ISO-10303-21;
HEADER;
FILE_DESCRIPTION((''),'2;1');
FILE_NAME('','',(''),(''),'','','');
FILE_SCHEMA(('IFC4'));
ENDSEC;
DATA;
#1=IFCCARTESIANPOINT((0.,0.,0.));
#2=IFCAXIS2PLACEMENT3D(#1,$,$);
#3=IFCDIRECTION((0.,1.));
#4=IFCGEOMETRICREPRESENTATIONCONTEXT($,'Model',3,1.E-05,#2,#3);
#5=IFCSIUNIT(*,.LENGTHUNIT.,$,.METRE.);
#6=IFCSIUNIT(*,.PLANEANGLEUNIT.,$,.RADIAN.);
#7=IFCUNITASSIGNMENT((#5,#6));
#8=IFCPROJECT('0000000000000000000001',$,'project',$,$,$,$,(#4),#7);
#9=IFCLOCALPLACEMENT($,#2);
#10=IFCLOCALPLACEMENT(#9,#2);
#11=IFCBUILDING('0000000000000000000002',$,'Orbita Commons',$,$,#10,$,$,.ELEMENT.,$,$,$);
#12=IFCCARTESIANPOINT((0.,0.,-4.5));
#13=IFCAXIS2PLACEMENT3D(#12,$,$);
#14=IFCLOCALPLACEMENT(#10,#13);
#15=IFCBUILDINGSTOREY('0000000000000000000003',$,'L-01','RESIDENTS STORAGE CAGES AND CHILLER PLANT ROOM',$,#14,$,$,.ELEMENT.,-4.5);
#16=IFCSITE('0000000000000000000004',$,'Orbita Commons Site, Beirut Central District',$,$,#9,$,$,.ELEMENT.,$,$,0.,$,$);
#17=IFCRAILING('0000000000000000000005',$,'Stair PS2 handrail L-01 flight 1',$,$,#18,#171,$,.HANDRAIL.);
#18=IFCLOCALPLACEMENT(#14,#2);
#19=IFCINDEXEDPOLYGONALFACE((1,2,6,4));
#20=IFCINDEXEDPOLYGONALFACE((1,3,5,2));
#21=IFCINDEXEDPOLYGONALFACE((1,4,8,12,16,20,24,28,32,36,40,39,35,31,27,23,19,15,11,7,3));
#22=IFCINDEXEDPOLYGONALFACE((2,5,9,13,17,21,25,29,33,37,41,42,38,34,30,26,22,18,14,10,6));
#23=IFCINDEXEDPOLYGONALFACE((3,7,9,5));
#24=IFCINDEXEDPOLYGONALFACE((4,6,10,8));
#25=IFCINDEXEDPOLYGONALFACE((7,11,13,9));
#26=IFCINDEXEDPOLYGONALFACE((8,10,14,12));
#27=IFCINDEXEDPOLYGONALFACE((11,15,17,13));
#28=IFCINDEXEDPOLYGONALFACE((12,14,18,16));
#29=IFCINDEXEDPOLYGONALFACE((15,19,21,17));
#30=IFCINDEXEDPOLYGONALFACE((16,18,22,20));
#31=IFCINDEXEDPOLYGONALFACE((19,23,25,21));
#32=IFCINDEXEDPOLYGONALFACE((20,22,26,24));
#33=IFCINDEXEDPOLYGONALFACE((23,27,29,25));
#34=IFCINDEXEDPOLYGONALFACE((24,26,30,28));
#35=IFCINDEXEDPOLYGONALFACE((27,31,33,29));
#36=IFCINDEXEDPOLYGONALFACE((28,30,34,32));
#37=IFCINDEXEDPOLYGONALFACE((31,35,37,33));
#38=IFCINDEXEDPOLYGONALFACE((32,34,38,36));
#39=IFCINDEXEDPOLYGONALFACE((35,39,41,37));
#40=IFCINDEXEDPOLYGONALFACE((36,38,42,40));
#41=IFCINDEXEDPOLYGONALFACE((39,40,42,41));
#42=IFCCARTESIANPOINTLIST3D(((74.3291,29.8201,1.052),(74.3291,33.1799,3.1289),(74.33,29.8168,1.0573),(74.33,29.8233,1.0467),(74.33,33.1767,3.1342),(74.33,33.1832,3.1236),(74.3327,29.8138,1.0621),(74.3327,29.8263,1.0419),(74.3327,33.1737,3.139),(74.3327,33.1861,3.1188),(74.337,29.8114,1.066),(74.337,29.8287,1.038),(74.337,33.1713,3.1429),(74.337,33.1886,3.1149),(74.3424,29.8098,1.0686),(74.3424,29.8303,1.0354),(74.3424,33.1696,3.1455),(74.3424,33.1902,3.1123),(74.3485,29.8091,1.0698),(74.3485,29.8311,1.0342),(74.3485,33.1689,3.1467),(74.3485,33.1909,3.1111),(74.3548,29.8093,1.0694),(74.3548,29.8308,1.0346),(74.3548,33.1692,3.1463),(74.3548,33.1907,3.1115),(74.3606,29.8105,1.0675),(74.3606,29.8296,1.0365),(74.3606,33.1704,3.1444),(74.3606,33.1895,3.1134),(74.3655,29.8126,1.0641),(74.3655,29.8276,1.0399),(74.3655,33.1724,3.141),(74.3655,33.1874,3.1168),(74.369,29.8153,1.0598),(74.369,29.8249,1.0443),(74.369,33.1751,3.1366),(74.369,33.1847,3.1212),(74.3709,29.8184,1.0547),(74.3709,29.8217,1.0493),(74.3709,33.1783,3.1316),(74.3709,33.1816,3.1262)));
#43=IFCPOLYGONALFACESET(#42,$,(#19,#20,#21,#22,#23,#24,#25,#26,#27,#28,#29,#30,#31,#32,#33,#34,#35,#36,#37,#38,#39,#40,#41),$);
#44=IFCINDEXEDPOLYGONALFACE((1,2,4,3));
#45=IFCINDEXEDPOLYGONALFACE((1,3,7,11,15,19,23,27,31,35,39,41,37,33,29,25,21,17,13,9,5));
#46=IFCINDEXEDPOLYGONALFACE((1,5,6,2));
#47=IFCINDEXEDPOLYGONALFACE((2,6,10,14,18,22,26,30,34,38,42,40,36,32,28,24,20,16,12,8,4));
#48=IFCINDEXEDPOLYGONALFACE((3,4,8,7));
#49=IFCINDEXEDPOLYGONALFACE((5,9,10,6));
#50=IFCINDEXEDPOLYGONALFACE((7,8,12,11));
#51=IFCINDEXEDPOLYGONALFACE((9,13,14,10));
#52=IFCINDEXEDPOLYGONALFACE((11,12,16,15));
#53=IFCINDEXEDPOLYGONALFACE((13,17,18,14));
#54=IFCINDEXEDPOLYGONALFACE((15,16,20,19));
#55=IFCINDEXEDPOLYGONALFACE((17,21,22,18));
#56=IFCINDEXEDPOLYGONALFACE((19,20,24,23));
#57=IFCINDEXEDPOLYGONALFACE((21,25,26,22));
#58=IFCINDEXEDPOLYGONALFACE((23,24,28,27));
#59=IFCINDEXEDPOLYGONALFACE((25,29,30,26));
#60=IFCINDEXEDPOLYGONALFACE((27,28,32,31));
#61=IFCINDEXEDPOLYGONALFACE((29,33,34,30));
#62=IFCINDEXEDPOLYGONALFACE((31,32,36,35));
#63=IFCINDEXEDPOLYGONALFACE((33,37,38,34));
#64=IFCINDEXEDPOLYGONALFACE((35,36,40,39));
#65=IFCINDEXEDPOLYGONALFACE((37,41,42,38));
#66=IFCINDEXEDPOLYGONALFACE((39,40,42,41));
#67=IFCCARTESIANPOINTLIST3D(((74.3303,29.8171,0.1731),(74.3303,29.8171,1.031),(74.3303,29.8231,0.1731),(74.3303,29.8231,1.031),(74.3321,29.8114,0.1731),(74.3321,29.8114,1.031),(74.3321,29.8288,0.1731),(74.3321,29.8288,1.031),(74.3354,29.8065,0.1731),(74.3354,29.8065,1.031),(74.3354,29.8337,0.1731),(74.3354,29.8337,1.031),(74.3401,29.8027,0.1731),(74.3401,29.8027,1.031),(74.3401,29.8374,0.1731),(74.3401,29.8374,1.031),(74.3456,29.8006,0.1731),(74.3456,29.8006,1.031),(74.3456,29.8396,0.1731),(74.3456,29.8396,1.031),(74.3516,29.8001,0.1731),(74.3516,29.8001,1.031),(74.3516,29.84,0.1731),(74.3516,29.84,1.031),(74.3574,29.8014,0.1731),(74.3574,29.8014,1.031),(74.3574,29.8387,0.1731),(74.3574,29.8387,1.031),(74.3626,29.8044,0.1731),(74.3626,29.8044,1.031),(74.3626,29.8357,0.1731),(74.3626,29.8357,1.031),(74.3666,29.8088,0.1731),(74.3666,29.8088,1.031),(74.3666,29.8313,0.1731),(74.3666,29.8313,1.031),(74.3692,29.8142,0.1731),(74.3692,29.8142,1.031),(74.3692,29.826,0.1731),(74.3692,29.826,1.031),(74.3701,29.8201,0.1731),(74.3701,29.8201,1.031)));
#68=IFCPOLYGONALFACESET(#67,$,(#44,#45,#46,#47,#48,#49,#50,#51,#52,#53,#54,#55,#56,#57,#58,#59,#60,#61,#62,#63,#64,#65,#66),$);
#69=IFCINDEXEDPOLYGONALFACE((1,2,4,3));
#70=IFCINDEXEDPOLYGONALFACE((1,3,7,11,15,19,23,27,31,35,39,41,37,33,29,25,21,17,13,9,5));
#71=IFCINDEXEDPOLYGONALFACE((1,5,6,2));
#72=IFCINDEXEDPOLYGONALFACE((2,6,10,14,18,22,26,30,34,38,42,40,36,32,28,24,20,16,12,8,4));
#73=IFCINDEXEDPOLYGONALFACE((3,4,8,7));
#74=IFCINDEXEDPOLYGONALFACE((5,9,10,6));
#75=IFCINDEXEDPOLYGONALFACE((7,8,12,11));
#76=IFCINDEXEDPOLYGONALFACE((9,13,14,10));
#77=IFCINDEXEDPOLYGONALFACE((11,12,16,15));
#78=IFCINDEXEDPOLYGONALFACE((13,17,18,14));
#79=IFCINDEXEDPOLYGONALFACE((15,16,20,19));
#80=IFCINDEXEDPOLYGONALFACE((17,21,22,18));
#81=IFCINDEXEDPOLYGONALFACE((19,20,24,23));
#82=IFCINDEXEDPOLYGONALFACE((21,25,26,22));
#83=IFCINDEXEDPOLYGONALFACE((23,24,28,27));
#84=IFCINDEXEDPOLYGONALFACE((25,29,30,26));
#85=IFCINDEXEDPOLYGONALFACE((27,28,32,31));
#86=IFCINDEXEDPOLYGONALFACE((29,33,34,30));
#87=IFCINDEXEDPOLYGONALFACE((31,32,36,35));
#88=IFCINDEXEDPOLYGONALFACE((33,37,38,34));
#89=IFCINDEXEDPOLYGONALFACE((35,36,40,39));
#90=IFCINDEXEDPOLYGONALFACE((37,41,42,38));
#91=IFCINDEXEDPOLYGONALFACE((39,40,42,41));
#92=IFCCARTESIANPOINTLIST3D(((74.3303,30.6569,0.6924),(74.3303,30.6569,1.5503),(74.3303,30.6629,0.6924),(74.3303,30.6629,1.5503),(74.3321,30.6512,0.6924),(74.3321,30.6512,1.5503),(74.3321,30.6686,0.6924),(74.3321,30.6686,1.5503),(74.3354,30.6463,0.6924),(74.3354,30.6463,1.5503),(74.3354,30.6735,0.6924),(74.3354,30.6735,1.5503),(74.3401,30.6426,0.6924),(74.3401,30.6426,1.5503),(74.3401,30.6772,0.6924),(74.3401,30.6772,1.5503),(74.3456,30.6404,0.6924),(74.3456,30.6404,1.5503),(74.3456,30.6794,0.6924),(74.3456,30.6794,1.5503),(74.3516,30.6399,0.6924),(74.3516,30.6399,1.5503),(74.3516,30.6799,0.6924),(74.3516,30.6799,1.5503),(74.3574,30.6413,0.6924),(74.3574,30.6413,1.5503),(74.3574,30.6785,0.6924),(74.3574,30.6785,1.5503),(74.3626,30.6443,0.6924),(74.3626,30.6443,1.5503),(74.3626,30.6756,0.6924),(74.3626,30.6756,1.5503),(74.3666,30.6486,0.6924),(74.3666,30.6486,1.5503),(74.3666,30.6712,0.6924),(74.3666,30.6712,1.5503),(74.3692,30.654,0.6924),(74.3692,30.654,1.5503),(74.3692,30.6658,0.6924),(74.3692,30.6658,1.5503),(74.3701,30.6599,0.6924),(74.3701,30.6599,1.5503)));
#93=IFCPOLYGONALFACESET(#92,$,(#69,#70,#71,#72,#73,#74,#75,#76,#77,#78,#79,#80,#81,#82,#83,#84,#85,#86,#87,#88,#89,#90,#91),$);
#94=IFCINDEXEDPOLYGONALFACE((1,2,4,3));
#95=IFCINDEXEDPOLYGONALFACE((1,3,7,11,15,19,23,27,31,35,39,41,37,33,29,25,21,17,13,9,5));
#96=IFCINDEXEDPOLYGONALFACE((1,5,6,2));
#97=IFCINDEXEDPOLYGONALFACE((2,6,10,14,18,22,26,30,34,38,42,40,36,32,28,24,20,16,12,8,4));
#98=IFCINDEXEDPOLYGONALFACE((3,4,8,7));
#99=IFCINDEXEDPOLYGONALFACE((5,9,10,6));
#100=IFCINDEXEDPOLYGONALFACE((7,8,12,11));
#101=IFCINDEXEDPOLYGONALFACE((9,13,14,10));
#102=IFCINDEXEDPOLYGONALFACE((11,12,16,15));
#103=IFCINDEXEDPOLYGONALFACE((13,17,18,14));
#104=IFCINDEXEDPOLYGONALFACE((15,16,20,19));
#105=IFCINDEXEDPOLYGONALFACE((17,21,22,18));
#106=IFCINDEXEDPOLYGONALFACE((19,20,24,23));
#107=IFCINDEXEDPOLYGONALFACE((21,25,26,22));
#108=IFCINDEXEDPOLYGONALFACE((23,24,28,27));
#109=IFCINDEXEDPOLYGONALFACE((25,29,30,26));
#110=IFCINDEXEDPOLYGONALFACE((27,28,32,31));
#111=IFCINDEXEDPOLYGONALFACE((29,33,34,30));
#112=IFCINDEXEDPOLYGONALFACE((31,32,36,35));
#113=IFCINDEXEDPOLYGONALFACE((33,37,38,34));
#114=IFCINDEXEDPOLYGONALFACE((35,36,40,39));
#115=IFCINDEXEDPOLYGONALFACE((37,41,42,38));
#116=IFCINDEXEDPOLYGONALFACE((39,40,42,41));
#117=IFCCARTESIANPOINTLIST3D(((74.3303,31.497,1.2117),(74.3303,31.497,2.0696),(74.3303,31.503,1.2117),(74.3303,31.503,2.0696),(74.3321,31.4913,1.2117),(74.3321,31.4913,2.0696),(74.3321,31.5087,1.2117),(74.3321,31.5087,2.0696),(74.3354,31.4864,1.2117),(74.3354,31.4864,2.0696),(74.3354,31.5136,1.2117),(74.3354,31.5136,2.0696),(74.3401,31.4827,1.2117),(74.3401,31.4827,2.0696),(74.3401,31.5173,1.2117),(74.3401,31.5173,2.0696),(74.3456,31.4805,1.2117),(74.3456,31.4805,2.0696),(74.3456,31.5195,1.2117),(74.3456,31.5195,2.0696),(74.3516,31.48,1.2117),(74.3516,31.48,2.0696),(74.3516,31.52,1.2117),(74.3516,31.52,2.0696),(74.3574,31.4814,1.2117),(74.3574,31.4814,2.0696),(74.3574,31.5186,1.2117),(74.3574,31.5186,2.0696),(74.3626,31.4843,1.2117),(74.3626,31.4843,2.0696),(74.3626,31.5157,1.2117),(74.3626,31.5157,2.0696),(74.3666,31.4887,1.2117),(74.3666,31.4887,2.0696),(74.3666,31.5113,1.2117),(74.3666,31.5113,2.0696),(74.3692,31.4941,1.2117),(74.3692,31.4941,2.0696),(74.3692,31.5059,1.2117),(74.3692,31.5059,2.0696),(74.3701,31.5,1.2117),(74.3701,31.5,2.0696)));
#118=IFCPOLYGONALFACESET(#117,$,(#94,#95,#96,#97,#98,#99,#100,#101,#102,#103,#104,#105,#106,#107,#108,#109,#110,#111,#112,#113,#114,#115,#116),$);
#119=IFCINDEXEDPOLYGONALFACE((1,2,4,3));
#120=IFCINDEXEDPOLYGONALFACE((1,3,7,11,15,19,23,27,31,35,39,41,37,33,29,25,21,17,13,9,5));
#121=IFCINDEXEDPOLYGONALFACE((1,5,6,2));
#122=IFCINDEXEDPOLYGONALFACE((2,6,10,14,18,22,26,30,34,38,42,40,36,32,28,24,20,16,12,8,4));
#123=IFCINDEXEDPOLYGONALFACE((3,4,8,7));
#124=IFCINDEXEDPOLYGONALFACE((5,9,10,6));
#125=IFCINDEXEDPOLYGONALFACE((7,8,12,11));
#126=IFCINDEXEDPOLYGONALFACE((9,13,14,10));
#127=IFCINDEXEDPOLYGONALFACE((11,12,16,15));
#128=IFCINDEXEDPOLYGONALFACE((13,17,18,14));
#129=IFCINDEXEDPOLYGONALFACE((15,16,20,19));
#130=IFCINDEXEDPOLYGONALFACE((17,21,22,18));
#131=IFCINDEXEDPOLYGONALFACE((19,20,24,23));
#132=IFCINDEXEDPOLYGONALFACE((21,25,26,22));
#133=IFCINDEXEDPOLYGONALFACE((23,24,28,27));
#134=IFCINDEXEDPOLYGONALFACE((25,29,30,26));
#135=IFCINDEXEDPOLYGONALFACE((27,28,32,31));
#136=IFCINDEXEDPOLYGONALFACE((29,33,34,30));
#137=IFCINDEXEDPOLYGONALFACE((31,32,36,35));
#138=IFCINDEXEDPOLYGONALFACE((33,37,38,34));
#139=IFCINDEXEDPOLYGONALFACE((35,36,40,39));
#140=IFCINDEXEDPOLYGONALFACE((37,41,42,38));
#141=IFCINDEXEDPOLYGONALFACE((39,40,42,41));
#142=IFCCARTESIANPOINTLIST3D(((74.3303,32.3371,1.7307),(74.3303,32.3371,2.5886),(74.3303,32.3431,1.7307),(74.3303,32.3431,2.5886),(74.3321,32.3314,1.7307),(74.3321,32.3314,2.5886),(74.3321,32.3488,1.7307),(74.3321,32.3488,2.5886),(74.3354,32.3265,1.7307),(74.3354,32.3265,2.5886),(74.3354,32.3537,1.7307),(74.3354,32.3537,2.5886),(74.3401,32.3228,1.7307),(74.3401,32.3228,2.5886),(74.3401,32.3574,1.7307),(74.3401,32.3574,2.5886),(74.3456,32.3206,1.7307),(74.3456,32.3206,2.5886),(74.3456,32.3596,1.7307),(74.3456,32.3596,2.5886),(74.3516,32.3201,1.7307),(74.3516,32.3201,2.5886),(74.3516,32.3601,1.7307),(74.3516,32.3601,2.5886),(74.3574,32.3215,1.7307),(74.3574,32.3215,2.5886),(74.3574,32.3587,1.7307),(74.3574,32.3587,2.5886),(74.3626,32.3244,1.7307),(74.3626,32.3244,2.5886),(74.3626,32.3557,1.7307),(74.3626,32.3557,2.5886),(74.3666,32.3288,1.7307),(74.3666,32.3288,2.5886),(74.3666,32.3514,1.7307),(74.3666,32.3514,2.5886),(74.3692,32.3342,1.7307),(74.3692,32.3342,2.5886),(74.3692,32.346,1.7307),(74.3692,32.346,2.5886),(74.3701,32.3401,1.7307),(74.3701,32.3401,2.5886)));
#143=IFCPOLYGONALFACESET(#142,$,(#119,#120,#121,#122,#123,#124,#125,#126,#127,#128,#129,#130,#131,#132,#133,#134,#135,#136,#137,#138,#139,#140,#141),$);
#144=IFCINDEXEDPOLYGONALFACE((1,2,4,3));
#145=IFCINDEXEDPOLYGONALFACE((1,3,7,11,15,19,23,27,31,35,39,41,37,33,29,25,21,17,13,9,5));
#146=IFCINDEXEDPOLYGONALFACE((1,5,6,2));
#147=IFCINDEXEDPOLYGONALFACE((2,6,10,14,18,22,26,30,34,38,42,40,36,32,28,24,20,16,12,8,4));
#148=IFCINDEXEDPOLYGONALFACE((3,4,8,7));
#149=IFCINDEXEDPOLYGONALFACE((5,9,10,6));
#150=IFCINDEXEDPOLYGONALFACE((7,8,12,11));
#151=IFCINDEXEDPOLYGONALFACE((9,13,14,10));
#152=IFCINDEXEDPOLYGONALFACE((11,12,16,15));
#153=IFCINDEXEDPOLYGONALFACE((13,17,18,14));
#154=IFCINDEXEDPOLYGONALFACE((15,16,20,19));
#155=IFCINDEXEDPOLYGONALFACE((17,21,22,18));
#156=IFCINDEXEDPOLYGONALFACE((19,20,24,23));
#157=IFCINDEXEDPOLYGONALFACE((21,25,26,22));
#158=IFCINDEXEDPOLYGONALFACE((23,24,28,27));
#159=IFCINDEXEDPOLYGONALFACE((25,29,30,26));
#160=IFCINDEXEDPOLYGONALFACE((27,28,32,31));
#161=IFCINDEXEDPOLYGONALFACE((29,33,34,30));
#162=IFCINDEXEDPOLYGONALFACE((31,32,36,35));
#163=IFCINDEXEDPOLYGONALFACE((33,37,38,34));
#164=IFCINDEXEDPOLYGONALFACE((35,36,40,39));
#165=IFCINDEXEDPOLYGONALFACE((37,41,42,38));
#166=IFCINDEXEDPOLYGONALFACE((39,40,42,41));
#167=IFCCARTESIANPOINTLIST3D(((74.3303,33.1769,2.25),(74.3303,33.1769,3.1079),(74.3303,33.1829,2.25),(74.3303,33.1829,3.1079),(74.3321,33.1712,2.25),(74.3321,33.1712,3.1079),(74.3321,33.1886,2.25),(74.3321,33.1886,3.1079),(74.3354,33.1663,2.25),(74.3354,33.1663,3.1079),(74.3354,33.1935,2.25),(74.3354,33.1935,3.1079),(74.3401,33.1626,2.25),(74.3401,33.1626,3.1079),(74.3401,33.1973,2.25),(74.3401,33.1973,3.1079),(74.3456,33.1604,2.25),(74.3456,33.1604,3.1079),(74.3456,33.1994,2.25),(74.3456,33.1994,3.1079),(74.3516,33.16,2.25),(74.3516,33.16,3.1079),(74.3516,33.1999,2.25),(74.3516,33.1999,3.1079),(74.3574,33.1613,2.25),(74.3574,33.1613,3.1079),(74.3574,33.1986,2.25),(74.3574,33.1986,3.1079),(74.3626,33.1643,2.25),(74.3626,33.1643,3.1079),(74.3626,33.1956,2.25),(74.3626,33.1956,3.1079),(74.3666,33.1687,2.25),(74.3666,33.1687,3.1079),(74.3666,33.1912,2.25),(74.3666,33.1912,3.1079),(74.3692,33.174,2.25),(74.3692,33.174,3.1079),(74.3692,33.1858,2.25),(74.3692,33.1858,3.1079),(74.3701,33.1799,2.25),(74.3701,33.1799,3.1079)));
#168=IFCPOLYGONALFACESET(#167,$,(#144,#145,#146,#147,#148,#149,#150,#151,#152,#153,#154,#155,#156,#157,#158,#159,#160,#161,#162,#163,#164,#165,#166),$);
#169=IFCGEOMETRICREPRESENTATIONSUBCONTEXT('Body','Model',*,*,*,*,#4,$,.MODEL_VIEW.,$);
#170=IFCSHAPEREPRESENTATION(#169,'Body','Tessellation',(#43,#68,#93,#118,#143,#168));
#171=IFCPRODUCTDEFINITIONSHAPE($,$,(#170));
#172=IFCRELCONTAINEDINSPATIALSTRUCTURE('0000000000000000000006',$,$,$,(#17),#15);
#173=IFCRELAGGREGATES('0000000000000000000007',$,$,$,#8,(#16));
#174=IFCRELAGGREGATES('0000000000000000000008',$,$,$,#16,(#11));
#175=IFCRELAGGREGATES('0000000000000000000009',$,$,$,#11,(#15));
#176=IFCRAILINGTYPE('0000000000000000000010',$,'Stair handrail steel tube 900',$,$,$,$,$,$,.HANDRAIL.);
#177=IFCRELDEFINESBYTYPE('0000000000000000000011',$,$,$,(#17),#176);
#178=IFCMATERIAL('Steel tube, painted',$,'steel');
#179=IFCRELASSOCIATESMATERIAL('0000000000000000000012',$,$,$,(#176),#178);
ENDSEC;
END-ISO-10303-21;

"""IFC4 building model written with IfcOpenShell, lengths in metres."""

from ifc_helpers import new_model, si_unit, direction, frame, origin, origin_2d, place, context, subcontext, project, spatial, circle, extrude, material, type_object, element, save


model = new_model("IFC4")

# Units and contexts
model_context = context("Model", 3, precision=1e-05, world=origin(), true_north=direction((0.0, 1.0)))
body_context = subcontext(model_context, "Body", "Model", "MODEL_VIEW")
ifc_project = project(units=[si_unit("LENGTHUNIT", "METRE"), si_unit("PLANEANGLEUNIT", "RADIAN")], contexts=[model_context])

# Site, building, storey
site_placement = place(None, origin())
site = spatial("IfcSite", under=ifc_project, at=site_placement, Name="Orbita Commons Site, Beirut Central District", CompositionType="ELEMENT", RefElevation=0.0)
building_placement = place(site_placement, origin())
building = spatial("IfcBuilding", under=site, at=building_placement, Name="Orbita Commons", CompositionType="ELEMENT")
storey_placement = place(building_placement, frame((0.0, 0.0, -4.5)))
storey = spatial("IfcBuildingStorey", under=building, at=storey_placement, Name="L-01", Description="RESIDENTS STORAGE CAGES AND CHILLER PLANT ROOM", CompositionType="ELEMENT", Elevation=-4.5)

# Railing
ifc_material_1 = material(Name="Steel tube, painted", Category="steel")
railing_type_1 = type_object("IfcRailingType", Name="Stair handrail steel tube 900", PredefinedType="HANDRAIL", material=ifc_material_1)
for number, where, name in (
    (1, (74.3501, 29.8201, 0.1731), "Stair PS2 handrail L-01 flight 1"),
):
    element("IfcRailing", number, at=place(storey_placement, frame(where)), inside=storey, type_object=railing_type_1, Name=name, PredefinedType="HANDRAIL", context=body_context, shape_type="SweptSolid", body=[
        extrude(circle(Radius=0.021, at=origin_2d()), frame((0.0, 0.0, 0.8789), z_axis=(0.0, 0.850606, 0.525803), x_axis=(-1.0, 0.0, 0.0)), (0.0, 0.0, 1.0), 3.95),
        extrude(circle(Radius=0.02, at=origin_2d()), origin(), (0.0, 0.0, 1.0), 0.8579),
        extrude(circle(Radius=0.02, at=origin_2d()), frame((0.0, 0.8398, 0.5193)), (0.0, 0.0, 1.0), 0.8579),
        extrude(circle(Radius=0.02, at=origin_2d()), frame((0.0, 1.6799, 1.0386)), (0.0, 0.0, 1.0), 0.8579),
        extrude(circle(Radius=0.02, at=origin_2d()), frame((0.0, 2.52, 1.5576)), (0.0, 0.0, 1.0), 0.8579),
        extrude(circle(Radius=0.02, at=origin_2d()), frame((0.0, 3.3599, 2.0769)), (0.0, 0.0, 1.0), 0.8579),
    ])

save(model, "model.ifc")
